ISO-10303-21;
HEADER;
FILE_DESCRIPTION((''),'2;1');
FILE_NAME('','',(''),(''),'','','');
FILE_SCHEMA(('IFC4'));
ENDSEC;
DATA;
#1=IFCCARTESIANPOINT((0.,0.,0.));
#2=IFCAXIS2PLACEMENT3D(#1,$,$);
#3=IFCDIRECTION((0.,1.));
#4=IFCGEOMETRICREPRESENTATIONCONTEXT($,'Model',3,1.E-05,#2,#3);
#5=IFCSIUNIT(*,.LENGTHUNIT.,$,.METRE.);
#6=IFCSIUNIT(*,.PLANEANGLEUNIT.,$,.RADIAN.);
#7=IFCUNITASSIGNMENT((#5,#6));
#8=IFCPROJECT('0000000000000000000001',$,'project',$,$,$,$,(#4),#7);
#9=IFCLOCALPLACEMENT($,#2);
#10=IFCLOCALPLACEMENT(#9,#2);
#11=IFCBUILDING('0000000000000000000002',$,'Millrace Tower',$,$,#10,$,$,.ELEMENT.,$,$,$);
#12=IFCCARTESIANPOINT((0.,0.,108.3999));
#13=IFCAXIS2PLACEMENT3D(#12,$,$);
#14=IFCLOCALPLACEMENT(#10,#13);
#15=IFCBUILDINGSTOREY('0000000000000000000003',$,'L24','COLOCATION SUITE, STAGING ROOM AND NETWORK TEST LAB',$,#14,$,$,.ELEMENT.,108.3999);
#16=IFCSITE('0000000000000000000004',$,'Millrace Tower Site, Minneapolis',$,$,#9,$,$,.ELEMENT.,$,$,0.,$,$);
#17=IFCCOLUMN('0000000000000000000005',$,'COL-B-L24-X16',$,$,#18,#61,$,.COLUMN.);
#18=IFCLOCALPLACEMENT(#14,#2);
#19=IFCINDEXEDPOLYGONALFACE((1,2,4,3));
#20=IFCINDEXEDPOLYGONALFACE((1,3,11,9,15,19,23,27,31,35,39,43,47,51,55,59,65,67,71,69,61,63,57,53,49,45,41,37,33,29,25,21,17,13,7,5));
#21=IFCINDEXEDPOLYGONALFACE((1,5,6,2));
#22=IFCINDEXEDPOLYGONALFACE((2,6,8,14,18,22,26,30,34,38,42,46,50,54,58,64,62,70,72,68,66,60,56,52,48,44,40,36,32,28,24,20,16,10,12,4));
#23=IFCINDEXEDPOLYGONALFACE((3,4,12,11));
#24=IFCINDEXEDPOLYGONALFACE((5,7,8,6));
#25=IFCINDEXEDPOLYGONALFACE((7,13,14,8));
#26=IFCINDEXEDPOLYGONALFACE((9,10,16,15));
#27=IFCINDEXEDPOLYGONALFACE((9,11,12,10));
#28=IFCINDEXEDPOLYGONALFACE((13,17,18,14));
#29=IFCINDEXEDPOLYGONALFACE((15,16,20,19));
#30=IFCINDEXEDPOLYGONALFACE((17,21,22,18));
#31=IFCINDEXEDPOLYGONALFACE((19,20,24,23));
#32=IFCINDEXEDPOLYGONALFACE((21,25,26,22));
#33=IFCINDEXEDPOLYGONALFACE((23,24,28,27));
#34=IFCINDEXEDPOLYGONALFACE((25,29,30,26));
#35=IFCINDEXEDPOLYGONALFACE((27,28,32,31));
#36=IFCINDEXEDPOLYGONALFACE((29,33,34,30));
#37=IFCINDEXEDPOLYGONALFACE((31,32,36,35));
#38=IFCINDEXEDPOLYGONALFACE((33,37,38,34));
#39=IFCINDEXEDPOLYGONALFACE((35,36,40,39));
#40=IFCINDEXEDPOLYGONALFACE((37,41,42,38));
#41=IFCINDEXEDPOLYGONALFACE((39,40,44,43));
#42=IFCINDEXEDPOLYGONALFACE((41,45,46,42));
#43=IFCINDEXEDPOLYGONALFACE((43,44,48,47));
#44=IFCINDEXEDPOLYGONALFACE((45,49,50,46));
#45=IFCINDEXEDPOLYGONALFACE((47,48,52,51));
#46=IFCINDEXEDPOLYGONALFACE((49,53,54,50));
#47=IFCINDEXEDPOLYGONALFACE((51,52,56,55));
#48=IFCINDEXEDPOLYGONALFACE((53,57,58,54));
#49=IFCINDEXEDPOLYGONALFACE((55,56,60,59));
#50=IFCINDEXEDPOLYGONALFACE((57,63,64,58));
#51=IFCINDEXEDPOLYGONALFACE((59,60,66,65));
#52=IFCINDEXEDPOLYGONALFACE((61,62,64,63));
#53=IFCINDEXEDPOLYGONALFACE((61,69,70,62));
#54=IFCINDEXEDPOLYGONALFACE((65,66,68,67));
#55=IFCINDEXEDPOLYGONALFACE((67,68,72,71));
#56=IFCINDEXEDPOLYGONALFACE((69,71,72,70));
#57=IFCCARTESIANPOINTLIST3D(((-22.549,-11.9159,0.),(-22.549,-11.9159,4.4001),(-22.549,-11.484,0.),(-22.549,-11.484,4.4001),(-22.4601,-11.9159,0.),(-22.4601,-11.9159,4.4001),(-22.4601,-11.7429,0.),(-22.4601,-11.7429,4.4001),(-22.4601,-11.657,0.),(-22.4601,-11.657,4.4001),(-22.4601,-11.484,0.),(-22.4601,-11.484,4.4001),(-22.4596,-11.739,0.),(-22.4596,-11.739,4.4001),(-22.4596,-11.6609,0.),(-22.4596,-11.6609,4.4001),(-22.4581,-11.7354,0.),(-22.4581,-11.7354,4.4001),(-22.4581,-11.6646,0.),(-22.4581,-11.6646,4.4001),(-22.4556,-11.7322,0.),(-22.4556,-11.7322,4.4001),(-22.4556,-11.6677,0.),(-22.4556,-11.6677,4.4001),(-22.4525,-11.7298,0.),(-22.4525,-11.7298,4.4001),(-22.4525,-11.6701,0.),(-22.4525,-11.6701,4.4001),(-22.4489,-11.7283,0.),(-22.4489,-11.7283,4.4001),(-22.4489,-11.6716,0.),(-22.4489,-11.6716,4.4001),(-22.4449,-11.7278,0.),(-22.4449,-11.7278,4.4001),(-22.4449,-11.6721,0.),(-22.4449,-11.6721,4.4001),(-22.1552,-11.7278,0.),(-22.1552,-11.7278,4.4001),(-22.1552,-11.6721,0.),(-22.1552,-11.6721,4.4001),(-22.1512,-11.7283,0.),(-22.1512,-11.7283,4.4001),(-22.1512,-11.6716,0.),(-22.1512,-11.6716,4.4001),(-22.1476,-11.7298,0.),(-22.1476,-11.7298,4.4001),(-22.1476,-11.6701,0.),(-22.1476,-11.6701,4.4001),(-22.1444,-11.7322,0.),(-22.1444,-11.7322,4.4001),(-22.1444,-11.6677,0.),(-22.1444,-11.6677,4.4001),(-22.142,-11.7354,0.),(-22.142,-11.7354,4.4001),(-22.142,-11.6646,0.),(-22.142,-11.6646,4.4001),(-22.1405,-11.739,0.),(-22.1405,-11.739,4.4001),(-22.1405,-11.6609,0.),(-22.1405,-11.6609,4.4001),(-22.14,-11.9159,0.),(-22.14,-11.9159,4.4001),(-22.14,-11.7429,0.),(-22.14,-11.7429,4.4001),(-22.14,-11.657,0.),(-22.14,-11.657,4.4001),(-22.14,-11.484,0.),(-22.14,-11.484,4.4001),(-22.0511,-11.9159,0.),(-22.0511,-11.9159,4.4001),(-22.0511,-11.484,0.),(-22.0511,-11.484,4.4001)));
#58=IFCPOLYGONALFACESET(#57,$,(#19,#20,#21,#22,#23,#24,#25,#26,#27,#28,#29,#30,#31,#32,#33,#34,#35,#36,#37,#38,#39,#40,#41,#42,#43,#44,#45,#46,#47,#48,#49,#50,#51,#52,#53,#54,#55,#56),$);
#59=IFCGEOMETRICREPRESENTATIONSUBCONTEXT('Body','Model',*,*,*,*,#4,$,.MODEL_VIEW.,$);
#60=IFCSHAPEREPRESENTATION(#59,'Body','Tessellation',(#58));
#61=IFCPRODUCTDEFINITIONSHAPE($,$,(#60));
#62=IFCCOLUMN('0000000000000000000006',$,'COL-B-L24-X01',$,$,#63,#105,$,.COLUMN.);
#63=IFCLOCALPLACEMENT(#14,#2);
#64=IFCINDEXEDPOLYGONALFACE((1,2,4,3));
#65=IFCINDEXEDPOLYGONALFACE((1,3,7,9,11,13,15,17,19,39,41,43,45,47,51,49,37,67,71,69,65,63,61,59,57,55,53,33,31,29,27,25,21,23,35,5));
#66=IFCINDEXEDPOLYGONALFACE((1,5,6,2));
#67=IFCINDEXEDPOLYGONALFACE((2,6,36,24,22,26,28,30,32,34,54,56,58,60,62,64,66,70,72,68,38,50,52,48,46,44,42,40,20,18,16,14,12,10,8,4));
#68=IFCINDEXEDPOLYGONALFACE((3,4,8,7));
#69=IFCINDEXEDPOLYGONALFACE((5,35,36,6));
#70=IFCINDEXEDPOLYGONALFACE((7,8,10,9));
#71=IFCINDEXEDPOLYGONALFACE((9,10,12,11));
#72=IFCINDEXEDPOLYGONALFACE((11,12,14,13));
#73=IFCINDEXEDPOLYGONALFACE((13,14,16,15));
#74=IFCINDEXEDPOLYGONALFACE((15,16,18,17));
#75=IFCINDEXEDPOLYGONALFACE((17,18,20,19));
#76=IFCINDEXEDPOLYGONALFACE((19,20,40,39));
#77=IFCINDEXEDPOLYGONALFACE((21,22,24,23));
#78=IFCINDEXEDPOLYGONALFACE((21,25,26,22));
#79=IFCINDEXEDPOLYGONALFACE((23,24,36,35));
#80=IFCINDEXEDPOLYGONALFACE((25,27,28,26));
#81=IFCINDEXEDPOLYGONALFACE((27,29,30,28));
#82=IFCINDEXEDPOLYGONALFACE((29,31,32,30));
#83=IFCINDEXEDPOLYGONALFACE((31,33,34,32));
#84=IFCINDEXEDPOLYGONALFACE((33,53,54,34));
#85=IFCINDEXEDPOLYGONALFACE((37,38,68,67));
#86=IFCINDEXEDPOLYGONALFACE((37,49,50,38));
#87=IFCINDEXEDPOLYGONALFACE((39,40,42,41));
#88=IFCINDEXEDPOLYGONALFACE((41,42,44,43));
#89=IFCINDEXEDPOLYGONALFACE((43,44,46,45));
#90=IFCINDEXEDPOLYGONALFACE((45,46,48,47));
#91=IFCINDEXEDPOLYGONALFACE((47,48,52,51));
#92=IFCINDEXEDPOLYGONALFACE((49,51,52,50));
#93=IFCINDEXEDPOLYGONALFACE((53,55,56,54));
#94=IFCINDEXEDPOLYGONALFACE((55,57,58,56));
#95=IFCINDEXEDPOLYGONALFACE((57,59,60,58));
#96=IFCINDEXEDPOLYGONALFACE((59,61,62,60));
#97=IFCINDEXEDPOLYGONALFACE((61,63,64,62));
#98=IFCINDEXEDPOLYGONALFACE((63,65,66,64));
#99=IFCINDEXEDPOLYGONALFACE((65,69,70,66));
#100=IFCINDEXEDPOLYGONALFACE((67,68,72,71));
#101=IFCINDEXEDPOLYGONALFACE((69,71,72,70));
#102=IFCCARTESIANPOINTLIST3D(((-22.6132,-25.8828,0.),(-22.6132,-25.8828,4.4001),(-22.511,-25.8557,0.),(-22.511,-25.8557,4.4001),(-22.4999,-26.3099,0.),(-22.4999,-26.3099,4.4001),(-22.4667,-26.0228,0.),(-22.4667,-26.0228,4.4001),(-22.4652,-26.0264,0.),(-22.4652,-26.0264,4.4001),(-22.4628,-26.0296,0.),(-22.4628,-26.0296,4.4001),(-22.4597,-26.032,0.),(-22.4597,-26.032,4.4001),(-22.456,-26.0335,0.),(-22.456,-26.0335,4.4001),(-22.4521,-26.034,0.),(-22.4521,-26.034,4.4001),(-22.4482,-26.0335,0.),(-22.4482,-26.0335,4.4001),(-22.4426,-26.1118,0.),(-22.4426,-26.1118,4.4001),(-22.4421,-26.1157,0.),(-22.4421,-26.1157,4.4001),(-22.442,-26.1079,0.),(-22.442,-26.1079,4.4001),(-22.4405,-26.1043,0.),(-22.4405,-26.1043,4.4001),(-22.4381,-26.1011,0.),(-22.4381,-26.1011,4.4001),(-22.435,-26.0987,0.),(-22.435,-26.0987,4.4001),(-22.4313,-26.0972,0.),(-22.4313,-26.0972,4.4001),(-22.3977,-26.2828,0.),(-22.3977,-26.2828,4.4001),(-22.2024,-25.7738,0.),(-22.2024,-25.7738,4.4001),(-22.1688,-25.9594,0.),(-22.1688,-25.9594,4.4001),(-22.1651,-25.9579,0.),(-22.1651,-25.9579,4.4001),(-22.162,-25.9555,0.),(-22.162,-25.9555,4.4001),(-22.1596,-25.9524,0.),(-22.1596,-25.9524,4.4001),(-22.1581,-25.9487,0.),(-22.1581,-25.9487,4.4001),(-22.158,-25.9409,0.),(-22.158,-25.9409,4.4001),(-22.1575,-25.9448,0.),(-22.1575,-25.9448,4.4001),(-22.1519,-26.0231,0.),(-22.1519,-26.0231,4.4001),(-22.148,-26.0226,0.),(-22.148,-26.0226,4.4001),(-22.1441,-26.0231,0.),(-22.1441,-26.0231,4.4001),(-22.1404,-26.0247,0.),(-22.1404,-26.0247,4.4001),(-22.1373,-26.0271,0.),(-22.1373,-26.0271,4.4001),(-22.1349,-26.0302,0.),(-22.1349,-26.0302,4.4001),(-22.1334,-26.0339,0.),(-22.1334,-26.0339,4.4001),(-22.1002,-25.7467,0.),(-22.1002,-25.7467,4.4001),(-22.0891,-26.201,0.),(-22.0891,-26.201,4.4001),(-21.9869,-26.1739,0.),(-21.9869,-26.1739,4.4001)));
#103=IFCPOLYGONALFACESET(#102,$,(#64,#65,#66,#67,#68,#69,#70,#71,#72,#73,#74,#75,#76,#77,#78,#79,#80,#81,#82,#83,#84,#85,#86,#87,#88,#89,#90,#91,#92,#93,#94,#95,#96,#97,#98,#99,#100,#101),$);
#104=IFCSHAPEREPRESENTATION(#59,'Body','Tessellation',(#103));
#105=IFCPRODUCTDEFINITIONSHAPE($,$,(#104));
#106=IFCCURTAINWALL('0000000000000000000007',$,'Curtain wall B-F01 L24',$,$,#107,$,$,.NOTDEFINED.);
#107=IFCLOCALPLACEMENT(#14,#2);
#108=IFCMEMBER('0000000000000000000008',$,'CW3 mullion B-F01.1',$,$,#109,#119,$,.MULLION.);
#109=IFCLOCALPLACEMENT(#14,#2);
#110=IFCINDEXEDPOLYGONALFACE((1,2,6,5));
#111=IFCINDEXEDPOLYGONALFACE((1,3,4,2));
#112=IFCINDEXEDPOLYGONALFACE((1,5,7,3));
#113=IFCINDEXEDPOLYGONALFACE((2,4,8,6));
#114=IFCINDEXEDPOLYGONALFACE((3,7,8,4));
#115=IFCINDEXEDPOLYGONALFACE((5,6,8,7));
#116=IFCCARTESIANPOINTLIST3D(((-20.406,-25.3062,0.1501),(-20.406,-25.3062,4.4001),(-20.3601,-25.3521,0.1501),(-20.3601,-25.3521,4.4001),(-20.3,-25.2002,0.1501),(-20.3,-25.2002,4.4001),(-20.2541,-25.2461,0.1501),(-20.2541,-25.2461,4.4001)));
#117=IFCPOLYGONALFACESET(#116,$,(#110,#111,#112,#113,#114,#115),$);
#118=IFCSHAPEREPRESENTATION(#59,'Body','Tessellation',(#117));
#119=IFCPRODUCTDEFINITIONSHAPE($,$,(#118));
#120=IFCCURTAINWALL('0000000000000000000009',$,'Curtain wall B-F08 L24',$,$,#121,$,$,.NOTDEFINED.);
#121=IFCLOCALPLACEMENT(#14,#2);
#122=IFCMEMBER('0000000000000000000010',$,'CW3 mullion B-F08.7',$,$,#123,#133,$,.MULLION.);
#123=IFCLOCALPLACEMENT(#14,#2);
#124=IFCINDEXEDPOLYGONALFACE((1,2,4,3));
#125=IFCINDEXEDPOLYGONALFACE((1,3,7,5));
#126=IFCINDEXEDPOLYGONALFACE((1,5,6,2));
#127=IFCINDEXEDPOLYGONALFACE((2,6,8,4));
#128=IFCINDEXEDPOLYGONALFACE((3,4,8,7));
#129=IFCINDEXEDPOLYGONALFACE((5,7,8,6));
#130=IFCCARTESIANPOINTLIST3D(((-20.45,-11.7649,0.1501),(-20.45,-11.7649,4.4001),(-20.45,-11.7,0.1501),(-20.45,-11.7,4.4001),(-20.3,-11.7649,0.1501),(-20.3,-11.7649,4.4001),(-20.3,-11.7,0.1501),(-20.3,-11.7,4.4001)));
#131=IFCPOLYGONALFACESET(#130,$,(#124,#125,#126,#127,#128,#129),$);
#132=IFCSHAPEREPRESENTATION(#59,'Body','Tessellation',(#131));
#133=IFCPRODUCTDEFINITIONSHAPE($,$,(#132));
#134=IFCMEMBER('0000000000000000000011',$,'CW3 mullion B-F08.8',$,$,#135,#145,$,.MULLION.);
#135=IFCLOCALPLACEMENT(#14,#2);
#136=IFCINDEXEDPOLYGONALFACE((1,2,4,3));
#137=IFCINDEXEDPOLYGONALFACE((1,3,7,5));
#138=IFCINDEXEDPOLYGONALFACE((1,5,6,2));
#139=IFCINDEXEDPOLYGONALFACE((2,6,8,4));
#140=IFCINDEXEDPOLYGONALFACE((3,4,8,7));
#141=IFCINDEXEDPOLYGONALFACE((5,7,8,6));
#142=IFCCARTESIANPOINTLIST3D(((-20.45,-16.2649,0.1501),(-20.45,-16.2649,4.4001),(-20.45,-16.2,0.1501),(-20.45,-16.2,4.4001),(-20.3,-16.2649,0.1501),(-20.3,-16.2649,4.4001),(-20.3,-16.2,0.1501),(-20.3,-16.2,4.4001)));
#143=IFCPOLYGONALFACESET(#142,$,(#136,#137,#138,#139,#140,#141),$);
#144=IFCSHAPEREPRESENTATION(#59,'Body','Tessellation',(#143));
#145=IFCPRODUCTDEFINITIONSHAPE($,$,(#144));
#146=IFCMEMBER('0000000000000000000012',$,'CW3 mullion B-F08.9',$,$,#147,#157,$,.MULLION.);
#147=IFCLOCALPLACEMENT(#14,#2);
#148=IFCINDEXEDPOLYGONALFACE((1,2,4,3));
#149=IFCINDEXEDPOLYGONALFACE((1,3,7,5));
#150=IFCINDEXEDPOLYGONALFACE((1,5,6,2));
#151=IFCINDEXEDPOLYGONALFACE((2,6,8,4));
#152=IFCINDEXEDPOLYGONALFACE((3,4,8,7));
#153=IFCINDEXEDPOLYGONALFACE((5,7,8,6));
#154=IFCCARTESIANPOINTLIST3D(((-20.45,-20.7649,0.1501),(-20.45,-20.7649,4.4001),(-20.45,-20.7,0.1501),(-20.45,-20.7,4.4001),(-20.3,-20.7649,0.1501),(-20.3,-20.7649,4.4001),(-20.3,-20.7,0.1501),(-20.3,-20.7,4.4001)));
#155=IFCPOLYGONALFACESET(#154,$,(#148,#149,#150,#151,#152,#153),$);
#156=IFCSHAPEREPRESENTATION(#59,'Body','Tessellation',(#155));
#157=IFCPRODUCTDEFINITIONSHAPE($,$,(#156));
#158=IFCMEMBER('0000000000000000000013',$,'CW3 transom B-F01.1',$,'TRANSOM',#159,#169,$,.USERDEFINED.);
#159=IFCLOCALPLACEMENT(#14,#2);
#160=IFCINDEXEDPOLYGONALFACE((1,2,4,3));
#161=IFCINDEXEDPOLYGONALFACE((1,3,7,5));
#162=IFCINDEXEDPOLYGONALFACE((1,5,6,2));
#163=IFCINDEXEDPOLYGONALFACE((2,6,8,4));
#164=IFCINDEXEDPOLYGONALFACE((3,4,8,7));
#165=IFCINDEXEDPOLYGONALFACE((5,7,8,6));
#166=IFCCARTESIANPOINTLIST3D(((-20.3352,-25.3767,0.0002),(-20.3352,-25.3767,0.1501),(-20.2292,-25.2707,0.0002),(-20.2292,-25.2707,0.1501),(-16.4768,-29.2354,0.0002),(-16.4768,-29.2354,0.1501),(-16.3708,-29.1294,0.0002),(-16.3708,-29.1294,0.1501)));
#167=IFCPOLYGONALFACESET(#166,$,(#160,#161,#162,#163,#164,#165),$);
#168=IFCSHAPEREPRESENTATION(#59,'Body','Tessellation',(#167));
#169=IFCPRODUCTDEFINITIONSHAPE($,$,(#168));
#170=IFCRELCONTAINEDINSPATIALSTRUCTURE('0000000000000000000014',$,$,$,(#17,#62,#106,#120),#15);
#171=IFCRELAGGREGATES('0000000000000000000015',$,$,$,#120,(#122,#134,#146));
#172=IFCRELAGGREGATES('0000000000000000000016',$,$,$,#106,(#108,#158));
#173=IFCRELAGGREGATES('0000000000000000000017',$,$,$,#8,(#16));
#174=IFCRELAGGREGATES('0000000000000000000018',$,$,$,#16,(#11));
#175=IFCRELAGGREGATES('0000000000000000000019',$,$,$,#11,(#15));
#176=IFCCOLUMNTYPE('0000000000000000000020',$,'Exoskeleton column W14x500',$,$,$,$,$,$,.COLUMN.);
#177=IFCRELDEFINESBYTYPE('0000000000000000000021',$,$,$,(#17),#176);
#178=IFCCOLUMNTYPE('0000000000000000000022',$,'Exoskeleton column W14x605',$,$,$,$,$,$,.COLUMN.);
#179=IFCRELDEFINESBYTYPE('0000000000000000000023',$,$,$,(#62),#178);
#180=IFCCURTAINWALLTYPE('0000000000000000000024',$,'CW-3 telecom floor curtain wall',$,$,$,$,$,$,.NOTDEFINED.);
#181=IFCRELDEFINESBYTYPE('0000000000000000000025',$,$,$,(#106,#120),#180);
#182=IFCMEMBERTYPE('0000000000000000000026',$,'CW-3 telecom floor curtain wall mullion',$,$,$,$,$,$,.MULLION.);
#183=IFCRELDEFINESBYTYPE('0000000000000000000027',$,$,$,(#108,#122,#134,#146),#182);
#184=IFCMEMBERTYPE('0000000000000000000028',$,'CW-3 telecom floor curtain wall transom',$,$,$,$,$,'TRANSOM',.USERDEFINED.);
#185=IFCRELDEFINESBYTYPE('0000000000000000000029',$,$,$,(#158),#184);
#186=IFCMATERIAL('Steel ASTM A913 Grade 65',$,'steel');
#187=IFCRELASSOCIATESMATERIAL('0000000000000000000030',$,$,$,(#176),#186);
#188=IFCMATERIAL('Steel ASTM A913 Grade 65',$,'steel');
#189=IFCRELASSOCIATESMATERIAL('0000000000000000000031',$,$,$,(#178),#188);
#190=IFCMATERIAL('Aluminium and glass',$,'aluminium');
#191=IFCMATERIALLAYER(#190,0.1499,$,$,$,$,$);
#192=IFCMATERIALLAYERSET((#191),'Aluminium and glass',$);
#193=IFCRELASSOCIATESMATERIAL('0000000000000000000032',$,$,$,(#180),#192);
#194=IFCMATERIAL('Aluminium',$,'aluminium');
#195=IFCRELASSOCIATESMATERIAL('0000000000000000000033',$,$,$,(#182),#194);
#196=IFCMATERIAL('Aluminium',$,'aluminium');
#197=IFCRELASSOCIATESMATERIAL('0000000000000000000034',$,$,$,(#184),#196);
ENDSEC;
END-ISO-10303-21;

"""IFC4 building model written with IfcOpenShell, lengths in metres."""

from ifc_helpers import new_model, si_unit, direction, frame, origin, origin_2d, place, context, subcontext, project, spatial, rectangle, i_section, extrude, material, layer, layer_set, material_profile, profile_set, type_object, element, aggregate, save


model = new_model("IFC4")

# Units and contexts
model_context = context("Model", 3, precision=1e-05, world=origin(), true_north=direction((0.0, 1.0)))
body_context = subcontext(model_context, "Body", "Model", "MODEL_VIEW")
ifc_project = project(units=[si_unit("LENGTHUNIT", "METRE"), si_unit("PLANEANGLEUNIT", "RADIAN")], contexts=[model_context])

# Site, building, storey
site_placement = place(None, origin())
site = spatial("IfcSite", under=ifc_project, at=site_placement, Name="Millrace Tower Site, Minneapolis", CompositionType="ELEMENT", RefElevation=0.0)
building_placement = place(site_placement, origin())
building = spatial("IfcBuilding", under=site, at=building_placement, Name="Millrace Tower", CompositionType="ELEMENT")
storey_placement = place(building_placement, frame((0.0, 0.0, 108.3999)))
storey = spatial("IfcBuildingStorey", under=building, at=storey_placement, Name="L24", Description="COLOCATION SUITE, STAGING ROOM AND NETWORK TEST LAB", CompositionType="ELEMENT", Elevation=108.3999)

# Columns
ifc_material_1 = material(Name="Steel ASTM A913 Grade 65", Category="steel")
ifc_material_profile_1 = material_profile(ifc_material_1, i_section(OverallWidth=0.4319, OverallDepth=0.4978, WebThickness=0.0557, FlangeThickness=0.0889, FilletRadius=0.0151, at=origin_2d()))
ifc_profile_set_1 = profile_set([ifc_material_profile_1], Name="Steel ASTM A913 Grade 65")
column_type_1 = type_object("IfcColumnType", Name="Exoskeleton column W14x500", PredefinedType="COLUMN", material=ifc_profile_set_1)
column_1_placement = place(storey_placement, frame((-22.3, -11.7, 0.0), z_axis=(0.0, 0.0, 1.0), x_axis=(0.0, -1.0, 0.0)))
element("IfcColumn", 1, at=column_1_placement, inside=storey, type_object=column_type_1, Name="COL-B-L24-X16", PredefinedType="COLUMN", context=body_context, shape_type="SweptSolid", body=[
    extrude(i_section(OverallWidth=0.4319, OverallDepth=0.4978, WebThickness=0.0557, FlangeThickness=0.0889, FilletRadius=0.0151, at=origin_2d()), origin(), (0.0, 0.0, 1.0), 4.4001),
])
ifc_material_2 = material(Name="Steel ASTM A913 Grade 65", Category="steel")
ifc_material_profile_2 = material_profile(ifc_material_2, i_section(OverallWidth=0.4419, OverallDepth=0.5308, WebThickness=0.0659, FlangeThickness=0.1057, FilletRadius=0.0151, at=origin_2d()))
ifc_profile_set_2 = profile_set([ifc_material_profile_2], Name="Steel ASTM A913 Grade 65")
column_type_2 = type_object("IfcColumnType", Name="Exoskeleton column W14x605", PredefinedType="COLUMN", material=ifc_profile_set_2)
column_2_placement = place(storey_placement, frame((-22.3, -26.0283, 0.0), z_axis=(0.0, 0.0, 1.0), x_axis=(0.256347, -0.966585, 0.0)))
element("IfcColumn", 2, at=column_2_placement, inside=storey, type_object=column_type_2, Name="COL-B-L24-X01", PredefinedType="COLUMN", context=body_context, shape_type="SweptSolid", body=[
    extrude(i_section(OverallWidth=0.4419, OverallDepth=0.5308, WebThickness=0.0659, FlangeThickness=0.1057, FilletRadius=0.0151, at=origin_2d()), origin(), (0.0, 0.0, 1.0), 4.4001),
])

# Curtain wall, member
ifc_material_3 = material(Name="Aluminium and glass", Category="aluminium")
ifc_layer_1 = layer(ifc_material_3, 0.1499)
ifc_layer_set_1 = layer_set([ifc_layer_1], Name="Aluminium and glass")
curtain_wall_type = type_object("IfcCurtainWallType", Name="CW-3 telecom floor curtain wall", PredefinedType="NOTDEFINED", material=ifc_layer_set_1)
placement = place(storey_placement, origin())
curtain_wall_1 = element("IfcCurtainWall", 3, at=placement, inside=storey, type_object=curtain_wall_type, Name="Curtain wall B-F01 L24", PredefinedType="NOTDEFINED")
ifc_material_4 = material(Name="Aluminium", Category="aluminium")
ifc_material_profile_3 = material_profile(ifc_material_4, rectangle(XDim=0.0649, YDim=0.1499, at=origin_2d()))
ifc_profile_set_3 = profile_set([ifc_material_profile_3], Name="Aluminium")
member_type_1 = type_object("IfcMemberType", Name="CW-3 telecom floor curtain wall mullion", PredefinedType="MULLION", material=ifc_profile_set_3)
member_1_placement = place(storey_placement, frame((-20.3301, -25.2761, 0.1501), z_axis=(0.0, 0.0, 1.0), x_axis=(0.707107, -0.707107, 0.0)))
member_1 = element("IfcMember", 4, at=member_1_placement, type_object=member_type_1, Name="CW3 mullion B-F01.1", PredefinedType="MULLION", context=body_context, shape_type="SweptSolid", body=[
    extrude(rectangle(XDim=0.0649, YDim=0.1499, at=origin_2d()), origin(), (0.0, 0.0, 1.0), 4.25),
])

# Curtain wall, members
curtain_wall_2 = element("IfcCurtainWall", 5, at=placement, inside=storey, type_object=curtain_wall_type, Name="Curtain wall B-F08 L24", PredefinedType="NOTDEFINED")
member_2_placement = place(storey_placement, frame((-20.375, -11.7324, 0.1501), z_axis=(0.0, 0.0, 1.0), x_axis=(0.0, -1.0, 0.0)))
member_2 = element("IfcMember", 6, at=member_2_placement, type_object=member_type_1, Name="CW3 mullion B-F08.7", PredefinedType="MULLION", context=body_context, shape_type="SweptSolid", body=[
    extrude(rectangle(XDim=0.0649, YDim=0.1499, at=origin_2d()), origin(), (0.0, 0.0, 1.0), 4.25),
])
member_3_placement = place(storey_placement, frame((-20.375, -16.2324, 0.1501), z_axis=(0.0, 0.0, 1.0), x_axis=(0.0, -1.0, 0.0)))
member_3 = element("IfcMember", 7, at=member_3_placement, type_object=member_type_1, Name="CW3 mullion B-F08.8", PredefinedType="MULLION", context=body_context, shape_type="SweptSolid", body=[
    extrude(rectangle(XDim=0.0649, YDim=0.1499, at=origin_2d()), origin(), (0.0, 0.0, 1.0), 4.25),
])
member_4_placement = place(storey_placement, frame((-20.375, -20.7324, 0.1501), z_axis=(0.0, 0.0, 1.0), x_axis=(0.0, -1.0, 0.0)))
member_4 = element("IfcMember", 8, at=member_4_placement, type_object=member_type_1, Name="CW3 mullion B-F08.9", PredefinedType="MULLION", context=body_context, shape_type="SweptSolid", body=[
    extrude(rectangle(XDim=0.0649, YDim=0.1499, at=origin_2d()), origin(), (0.0, 0.0, 1.0), 4.25),
])
aggregate(curtain_wall_2, [member_2, member_3, member_4])

# Member
ifc_material_5 = material(Name="Aluminium", Category="aluminium")
ifc_material_profile_4 = material_profile(ifc_material_5, rectangle(XDim=0.1499, YDim=0.1499, at=origin_2d()))
ifc_profile_set_4 = profile_set([ifc_material_profile_4], Name="Aluminium")
member_type_2 = type_object("IfcMemberType", Name="CW-3 telecom floor curtain wall transom", ElementType="TRANSOM", PredefinedType="USERDEFINED", material=ifc_profile_set_4)
member_5_placement = place(storey_placement, frame((-20.2822, -25.3237, 0.0752), z_axis=(0.707084, -0.707129, 0.0), x_axis=(0.707129, 0.707084, 0.0)))
member_5 = element("IfcMember", 9, at=member_5_placement, type_object=member_type_2, Name="CW3 transom B-F01.1", ObjectType="TRANSOM", PredefinedType="USERDEFINED", context=body_context, shape_type="SweptSolid", body=[
    extrude(rectangle(XDim=0.1499, YDim=0.1499, at=origin_2d()), origin(), (0.0, 0.0, 1.0), 5.4568),
])
aggregate(curtain_wall_1, [member_1, member_5])

save(model, "model.ifc")
